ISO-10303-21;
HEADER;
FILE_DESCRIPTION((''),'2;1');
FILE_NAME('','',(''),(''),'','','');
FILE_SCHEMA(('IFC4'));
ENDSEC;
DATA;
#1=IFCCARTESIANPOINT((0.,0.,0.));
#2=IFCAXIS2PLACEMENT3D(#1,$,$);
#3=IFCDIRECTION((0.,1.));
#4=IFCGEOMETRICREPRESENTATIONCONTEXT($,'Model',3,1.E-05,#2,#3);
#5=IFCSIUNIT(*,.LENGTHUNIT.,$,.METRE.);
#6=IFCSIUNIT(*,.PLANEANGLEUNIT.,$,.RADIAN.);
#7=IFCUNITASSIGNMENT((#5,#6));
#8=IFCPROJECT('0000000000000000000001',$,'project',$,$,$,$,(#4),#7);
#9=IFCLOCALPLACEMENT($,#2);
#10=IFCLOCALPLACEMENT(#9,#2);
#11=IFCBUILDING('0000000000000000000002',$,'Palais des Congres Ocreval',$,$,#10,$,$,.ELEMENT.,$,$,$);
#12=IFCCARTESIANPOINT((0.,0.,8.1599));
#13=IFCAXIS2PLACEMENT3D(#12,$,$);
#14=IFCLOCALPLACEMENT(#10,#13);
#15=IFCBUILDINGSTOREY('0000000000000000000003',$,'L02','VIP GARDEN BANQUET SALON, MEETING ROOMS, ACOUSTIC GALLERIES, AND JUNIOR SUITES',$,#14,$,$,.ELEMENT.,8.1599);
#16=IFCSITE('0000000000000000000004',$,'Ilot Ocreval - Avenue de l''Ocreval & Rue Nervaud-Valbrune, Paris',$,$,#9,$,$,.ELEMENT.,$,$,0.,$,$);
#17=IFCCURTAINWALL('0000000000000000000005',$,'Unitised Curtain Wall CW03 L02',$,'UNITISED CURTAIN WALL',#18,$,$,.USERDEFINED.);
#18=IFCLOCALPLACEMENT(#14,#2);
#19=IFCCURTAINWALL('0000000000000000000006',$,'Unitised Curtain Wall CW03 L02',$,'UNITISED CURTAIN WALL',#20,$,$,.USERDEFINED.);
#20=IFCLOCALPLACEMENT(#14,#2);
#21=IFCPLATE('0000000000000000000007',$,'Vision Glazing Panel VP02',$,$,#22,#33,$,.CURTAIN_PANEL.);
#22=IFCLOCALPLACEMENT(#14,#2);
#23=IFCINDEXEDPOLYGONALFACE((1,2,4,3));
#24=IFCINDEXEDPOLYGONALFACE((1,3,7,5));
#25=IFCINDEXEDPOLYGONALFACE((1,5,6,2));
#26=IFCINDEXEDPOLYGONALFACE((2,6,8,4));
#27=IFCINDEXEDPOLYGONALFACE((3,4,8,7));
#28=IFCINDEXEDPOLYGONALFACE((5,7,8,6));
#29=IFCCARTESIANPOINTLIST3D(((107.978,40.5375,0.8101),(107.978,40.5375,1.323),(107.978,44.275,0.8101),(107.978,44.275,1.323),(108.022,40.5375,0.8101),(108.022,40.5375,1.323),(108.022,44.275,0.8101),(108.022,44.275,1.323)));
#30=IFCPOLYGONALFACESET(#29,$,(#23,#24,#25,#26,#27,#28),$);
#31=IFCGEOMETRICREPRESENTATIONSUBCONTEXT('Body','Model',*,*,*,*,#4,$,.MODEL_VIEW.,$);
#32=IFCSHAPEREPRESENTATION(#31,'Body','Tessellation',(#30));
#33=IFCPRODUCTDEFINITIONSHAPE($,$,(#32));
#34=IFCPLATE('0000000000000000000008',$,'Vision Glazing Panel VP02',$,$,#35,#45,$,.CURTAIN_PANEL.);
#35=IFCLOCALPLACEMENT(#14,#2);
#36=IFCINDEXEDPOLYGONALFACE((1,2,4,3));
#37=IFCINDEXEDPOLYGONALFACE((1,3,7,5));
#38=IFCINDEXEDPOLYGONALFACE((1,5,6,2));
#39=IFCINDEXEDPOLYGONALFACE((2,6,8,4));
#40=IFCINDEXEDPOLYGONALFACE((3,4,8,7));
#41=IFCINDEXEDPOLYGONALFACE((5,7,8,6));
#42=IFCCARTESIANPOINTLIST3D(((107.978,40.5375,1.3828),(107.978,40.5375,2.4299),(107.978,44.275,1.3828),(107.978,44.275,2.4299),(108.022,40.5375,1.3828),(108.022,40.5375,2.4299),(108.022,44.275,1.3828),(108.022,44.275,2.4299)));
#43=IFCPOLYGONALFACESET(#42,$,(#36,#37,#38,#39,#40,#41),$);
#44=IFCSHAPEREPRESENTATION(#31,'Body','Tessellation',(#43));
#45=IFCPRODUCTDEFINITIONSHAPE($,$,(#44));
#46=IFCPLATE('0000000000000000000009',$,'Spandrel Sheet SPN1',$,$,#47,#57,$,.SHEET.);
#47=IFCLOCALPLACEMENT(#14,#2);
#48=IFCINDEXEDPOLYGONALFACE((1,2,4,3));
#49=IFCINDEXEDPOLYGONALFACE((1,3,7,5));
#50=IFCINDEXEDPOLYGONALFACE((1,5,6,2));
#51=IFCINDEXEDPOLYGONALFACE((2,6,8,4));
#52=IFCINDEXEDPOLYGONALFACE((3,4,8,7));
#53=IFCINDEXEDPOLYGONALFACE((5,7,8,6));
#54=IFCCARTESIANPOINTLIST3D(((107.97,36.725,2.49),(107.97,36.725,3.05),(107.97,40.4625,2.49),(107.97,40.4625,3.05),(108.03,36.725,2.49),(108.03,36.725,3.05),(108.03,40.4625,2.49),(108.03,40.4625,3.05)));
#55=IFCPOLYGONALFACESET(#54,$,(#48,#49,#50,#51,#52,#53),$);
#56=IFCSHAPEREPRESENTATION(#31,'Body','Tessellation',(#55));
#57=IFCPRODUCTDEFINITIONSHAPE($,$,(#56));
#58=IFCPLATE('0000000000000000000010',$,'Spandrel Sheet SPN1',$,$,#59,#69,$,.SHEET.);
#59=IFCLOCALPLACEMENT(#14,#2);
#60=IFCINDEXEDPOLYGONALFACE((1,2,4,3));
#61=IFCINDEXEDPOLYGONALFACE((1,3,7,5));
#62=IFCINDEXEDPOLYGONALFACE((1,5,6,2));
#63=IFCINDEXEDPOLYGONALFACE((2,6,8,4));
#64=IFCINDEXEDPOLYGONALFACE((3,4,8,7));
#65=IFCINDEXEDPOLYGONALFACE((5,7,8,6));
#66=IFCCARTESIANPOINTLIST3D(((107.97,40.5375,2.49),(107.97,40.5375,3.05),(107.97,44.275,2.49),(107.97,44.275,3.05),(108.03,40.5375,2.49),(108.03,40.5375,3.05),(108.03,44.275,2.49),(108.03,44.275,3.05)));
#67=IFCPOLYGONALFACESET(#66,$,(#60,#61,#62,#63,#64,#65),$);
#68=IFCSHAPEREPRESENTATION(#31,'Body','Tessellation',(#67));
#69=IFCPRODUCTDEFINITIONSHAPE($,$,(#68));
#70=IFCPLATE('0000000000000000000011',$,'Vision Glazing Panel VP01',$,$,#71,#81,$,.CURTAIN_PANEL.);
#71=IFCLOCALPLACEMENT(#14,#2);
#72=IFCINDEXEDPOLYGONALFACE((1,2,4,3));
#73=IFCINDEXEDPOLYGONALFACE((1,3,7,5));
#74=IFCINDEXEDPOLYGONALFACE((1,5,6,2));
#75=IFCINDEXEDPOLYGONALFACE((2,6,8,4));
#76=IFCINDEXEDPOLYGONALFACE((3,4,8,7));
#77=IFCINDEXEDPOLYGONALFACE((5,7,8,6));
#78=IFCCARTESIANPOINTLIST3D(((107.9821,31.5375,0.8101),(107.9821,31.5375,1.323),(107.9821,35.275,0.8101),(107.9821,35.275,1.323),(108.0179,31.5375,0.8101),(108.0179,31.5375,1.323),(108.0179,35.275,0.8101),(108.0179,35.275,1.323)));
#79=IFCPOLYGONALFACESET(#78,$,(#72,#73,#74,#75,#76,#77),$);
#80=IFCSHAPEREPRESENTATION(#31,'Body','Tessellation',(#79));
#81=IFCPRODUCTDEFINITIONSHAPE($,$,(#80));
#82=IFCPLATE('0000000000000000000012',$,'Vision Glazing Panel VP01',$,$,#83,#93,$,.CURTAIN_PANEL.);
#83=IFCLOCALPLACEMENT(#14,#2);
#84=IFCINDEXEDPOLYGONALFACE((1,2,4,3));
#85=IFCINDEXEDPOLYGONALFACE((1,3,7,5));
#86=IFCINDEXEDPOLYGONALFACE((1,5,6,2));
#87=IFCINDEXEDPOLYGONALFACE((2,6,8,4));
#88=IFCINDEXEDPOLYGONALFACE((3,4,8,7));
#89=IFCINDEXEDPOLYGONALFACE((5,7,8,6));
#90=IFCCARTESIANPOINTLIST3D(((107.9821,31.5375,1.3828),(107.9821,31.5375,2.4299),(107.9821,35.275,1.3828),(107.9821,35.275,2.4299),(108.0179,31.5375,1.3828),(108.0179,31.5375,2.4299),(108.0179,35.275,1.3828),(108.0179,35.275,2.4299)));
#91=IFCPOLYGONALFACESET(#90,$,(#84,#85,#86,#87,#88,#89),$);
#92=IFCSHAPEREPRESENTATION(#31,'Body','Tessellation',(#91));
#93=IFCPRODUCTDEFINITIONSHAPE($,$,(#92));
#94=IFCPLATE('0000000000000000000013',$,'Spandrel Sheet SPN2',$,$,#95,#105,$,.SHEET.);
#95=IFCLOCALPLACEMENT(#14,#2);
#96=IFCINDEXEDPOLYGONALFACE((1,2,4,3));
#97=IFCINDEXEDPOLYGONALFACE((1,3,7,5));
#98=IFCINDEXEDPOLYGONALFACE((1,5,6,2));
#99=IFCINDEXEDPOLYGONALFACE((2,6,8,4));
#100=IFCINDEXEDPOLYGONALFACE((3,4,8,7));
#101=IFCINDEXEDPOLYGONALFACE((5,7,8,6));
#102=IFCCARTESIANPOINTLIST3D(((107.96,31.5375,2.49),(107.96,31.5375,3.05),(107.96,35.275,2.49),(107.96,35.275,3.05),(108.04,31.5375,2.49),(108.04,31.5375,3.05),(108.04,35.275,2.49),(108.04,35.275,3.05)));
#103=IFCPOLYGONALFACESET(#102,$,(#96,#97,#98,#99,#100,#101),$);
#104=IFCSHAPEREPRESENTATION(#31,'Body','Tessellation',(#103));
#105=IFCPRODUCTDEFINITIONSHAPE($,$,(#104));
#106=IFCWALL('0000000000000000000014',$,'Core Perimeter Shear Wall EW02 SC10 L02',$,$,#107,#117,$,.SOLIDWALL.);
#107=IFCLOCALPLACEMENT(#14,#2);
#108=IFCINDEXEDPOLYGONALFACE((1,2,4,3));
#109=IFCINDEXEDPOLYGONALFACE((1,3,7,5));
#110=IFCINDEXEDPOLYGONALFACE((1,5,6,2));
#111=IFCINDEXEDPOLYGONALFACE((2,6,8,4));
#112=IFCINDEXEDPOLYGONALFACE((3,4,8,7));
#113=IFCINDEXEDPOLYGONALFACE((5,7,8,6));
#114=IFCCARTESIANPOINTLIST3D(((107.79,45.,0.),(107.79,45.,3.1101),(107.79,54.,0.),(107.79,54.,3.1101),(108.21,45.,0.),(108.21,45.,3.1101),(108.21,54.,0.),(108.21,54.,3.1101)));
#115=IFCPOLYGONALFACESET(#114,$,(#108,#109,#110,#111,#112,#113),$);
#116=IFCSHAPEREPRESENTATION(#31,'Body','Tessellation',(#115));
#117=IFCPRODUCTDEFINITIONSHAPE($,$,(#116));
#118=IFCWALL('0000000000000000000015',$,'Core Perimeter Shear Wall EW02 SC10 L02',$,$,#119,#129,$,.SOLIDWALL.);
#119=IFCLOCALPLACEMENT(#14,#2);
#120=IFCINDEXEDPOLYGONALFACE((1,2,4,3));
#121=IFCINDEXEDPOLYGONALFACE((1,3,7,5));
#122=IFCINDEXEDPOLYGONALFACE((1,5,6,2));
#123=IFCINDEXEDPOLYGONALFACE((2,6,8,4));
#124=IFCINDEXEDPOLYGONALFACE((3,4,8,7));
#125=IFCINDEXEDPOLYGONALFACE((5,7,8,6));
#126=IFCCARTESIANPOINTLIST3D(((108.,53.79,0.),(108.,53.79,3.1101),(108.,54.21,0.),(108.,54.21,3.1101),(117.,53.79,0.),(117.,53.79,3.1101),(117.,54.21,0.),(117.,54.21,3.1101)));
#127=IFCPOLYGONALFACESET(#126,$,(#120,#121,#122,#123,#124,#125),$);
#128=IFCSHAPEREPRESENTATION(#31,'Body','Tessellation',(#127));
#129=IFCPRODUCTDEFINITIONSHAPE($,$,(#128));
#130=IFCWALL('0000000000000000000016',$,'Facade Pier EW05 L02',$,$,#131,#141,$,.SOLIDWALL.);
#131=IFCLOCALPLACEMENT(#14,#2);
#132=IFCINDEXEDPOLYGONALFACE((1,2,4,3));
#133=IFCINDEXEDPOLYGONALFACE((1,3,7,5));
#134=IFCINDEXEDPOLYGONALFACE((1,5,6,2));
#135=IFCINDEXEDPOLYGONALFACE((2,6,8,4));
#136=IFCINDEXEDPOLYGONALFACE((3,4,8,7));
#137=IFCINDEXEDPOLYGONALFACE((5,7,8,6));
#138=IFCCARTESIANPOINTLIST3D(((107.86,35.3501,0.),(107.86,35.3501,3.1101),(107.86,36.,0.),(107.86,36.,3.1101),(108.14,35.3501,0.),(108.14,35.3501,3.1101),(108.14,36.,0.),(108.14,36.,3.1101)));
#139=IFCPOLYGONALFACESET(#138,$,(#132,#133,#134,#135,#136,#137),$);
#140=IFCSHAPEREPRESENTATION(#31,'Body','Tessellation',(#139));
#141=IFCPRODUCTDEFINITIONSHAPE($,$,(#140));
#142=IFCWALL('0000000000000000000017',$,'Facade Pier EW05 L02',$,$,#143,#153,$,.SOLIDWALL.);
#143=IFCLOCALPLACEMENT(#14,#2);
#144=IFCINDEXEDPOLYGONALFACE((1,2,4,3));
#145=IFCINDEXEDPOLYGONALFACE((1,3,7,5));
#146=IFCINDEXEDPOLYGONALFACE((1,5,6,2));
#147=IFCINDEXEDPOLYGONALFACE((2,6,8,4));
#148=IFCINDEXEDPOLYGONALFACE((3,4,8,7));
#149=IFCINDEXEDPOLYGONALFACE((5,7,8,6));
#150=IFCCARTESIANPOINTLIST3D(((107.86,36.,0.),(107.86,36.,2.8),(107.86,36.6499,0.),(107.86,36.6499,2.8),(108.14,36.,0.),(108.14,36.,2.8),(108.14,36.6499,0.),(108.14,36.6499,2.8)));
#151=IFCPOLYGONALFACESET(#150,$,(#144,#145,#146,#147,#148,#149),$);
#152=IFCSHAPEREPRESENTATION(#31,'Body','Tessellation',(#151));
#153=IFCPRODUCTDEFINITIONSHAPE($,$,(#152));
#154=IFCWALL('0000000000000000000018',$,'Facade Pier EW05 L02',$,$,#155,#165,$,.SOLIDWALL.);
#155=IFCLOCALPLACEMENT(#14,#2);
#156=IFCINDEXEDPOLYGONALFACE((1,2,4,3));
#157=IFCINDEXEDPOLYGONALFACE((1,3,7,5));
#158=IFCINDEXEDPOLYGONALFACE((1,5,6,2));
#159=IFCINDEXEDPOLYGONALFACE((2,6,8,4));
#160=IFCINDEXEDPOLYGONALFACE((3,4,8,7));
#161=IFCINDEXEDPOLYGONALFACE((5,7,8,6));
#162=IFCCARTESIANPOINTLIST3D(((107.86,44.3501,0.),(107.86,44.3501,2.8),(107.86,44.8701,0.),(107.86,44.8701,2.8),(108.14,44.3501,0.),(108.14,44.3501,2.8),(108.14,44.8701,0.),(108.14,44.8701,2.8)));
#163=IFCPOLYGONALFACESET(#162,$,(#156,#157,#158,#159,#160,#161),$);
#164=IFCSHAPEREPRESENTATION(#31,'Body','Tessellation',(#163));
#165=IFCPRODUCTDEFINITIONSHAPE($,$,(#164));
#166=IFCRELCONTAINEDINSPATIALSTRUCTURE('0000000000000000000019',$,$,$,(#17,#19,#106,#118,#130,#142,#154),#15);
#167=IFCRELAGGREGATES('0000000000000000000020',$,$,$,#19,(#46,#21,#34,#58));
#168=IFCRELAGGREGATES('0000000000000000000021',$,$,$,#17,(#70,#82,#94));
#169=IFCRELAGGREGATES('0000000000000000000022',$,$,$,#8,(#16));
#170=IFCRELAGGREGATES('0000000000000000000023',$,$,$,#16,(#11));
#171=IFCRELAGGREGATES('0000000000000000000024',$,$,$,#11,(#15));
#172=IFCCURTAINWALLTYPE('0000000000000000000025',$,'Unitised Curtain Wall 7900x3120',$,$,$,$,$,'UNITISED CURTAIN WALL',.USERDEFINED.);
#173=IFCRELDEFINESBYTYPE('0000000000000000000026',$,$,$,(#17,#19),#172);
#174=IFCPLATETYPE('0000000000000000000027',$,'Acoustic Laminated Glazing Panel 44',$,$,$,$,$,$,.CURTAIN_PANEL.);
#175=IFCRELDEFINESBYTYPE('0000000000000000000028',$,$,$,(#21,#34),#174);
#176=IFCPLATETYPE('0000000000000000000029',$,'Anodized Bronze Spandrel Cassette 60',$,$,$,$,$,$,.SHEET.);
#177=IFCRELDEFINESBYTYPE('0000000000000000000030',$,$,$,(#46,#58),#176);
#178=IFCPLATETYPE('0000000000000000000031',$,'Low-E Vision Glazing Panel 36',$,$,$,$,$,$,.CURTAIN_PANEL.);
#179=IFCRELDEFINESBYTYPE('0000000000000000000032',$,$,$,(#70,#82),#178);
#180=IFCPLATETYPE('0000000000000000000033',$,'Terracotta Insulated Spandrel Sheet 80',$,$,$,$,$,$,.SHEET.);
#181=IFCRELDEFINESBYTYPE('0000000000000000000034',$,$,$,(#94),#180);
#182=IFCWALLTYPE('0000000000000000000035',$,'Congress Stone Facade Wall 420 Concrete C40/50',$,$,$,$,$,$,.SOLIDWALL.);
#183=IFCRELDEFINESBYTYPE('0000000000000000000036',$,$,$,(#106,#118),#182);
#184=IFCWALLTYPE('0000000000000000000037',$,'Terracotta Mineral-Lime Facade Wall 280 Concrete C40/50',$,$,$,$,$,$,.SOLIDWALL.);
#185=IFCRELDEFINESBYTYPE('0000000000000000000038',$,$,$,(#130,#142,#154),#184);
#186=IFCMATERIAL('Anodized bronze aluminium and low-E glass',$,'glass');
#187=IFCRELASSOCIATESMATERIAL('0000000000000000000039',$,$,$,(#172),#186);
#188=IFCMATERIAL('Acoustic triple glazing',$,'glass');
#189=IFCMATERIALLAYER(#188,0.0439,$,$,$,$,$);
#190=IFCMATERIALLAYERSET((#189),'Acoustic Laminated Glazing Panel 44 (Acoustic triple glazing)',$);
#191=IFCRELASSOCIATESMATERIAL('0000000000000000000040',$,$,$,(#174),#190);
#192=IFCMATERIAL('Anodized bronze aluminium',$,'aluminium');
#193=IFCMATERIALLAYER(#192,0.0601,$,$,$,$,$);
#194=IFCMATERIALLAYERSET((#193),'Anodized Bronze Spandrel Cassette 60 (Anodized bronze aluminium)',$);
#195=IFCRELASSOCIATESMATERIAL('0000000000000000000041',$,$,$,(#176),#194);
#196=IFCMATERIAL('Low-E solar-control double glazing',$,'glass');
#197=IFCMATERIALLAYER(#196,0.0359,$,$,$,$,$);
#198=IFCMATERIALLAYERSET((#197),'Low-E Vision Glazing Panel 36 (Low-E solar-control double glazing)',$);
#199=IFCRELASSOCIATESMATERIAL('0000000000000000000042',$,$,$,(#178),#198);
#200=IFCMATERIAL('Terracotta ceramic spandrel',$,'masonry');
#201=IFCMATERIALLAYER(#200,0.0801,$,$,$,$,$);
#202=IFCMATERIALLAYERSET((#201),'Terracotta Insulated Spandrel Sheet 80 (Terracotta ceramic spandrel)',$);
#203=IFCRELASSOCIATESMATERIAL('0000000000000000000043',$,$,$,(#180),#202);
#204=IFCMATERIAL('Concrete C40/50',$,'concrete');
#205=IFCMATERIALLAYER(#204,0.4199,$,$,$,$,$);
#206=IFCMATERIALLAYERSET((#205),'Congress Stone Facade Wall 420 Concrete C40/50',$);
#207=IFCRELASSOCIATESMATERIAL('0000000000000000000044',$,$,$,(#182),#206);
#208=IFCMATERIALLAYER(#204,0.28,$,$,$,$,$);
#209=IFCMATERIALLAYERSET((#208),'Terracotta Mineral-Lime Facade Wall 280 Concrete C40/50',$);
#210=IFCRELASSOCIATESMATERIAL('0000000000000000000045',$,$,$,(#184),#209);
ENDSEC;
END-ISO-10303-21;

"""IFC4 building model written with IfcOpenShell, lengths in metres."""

from ifc_helpers import new_model, si_unit, direction, frame, frame_2d, origin, origin_2d, place, context, subcontext, project, spatial, rectangle, extrude, material, layer, layer_set, type_object, element, aggregate, save


model = new_model("IFC4")

# Units and contexts
model_context = context("Model", 3, precision=1e-05, world=origin(), true_north=direction((0.0, 1.0)))
body_context = subcontext(model_context, "Body", "Model", "MODEL_VIEW")
ifc_project = project(units=[si_unit("LENGTHUNIT", "METRE"), si_unit("PLANEANGLEUNIT", "RADIAN")], contexts=[model_context])

# Site, building, storey
site_placement = place(None, origin())
site = spatial("IfcSite", under=ifc_project, at=site_placement, Name="Ilot Ocreval - Avenue de l'Ocreval & Rue Nervaud-Valbrune, Paris", CompositionType="ELEMENT", RefElevation=0.0)
building_placement = place(site_placement, origin())
building = spatial("IfcBuilding", under=site, at=building_placement, Name="Palais des Congres Ocreval", CompositionType="ELEMENT")
storey_placement = place(building_placement, frame((0.0, 0.0, 8.1599)))
storey = spatial("IfcBuildingStorey", under=building, at=storey_placement, Name="L02", Description="VIP GARDEN BANQUET SALON, MEETING ROOMS, ACOUSTIC GALLERIES, AND JUNIOR SUITES", CompositionType="ELEMENT", Elevation=8.1599)

# Curtain wall
ifc_material_1 = material(Name="Anodized bronze aluminium and low-E glass", Category="glass")
curtain_wall_type = type_object("IfcCurtainWallType", Name="Unitised Curtain Wall 7900x3120", ElementType="UNITISED CURTAIN WALL", PredefinedType="USERDEFINED", material=ifc_material_1)
curtain_wall_1_placement = place(storey_placement, origin())
curtain_wall_1 = element("IfcCurtainWall", 1, at=curtain_wall_1_placement, inside=storey, type_object=curtain_wall_type, Name="Unitised Curtain Wall CW03 L02", ObjectType="UNITISED CURTAIN WALL", PredefinedType="USERDEFINED")
ifc_material_2 = material(Name="Anodized bronze aluminium", Category="aluminium")

# Curtain wall
curtain_wall_2_placement = place(storey_placement, origin())
curtain_wall_2 = element("IfcCurtainWall", 2, at=curtain_wall_2_placement, inside=storey, type_object=curtain_wall_type, Name="Unitised Curtain Wall CW03 L02", ObjectType="UNITISED CURTAIN WALL", PredefinedType="USERDEFINED")

# Plates
ifc_material_3 = material(Name="Acoustic triple glazing", Category="glass")
ifc_layer_1 = layer(ifc_material_3, 0.0439)
ifc_layer_set_1 = layer_set([ifc_layer_1], Name="Acoustic Laminated Glazing Panel 44 (Acoustic triple glazing)")
plate_type_1 = type_object("IfcPlateType", Name="Acoustic Laminated Glazing Panel 44", PredefinedType="CURTAIN_PANEL", material=ifc_layer_set_1)
plate_1_placement = place(storey_placement, frame((108.0, 42.4062, 0.8101), z_axis=(0.0, 0.0, 1.0), x_axis=(0.0, 1.0, 0.0)))
plate_1 = element("IfcPlate", 3, at=plate_1_placement, type_object=plate_type_1, Name="Vision Glazing Panel VP02", PredefinedType="CURTAIN_PANEL", context=body_context, shape_type="SweptSolid", body=[
    extrude(rectangle(XDim=3.7375, YDim=0.0439, at=origin_2d()), origin(), (0.0, 0.0, 1.0), 0.5129),
])
plate_2_placement = place(storey_placement, frame((108.0, 42.4062, 1.3828), z_axis=(0.0, 0.0, 1.0), x_axis=(0.0, 1.0, 0.0)))
plate_2 = element("IfcPlate", 4, at=plate_2_placement, type_object=plate_type_1, Name="Vision Glazing Panel VP02", PredefinedType="CURTAIN_PANEL", context=body_context, shape_type="SweptSolid", body=[
    extrude(rectangle(XDim=3.7375, YDim=0.0439, at=origin_2d()), origin(), (0.0, 0.0, 1.0), 1.0471),
])
ifc_layer_2 = layer(ifc_material_2, 0.0601)
ifc_layer_set_2 = layer_set([ifc_layer_2], Name="Anodized Bronze Spandrel Cassette 60 (Anodized bronze aluminium)")
plate_type_2 = type_object("IfcPlateType", Name="Anodized Bronze Spandrel Cassette 60", PredefinedType="SHEET", material=ifc_layer_set_2)
plate_3_placement = place(storey_placement, frame((108.0, 38.5938, 2.49), z_axis=(0.0, 0.0, 1.0), x_axis=(0.0, 1.0, 0.0)))
plate_3 = element("IfcPlate", 5, at=plate_3_placement, type_object=plate_type_2, Name="Spandrel Sheet SPN1", PredefinedType="SHEET", context=body_context, shape_type="SweptSolid", body=[
    extrude(rectangle(XDim=3.7375, YDim=0.0601, at=origin_2d()), origin(), (0.0, 0.0, 1.0), 0.5601),
])
plate_4_placement = place(storey_placement, frame((108.0, 42.4062, 2.49), z_axis=(0.0, 0.0, 1.0), x_axis=(0.0, 1.0, 0.0)))
plate_4 = element("IfcPlate", 6, at=plate_4_placement, type_object=plate_type_2, Name="Spandrel Sheet SPN1", PredefinedType="SHEET", context=body_context, shape_type="SweptSolid", body=[
    extrude(rectangle(XDim=3.7375, YDim=0.0601, at=origin_2d()), origin(), (0.0, 0.0, 1.0), 0.5601),
])
aggregate(curtain_wall_2, [plate_3, plate_1, plate_2, plate_4])
ifc_material_4 = material(Name="Low-E solar-control double glazing", Category="glass")
ifc_layer_3 = layer(ifc_material_4, 0.0359)
ifc_layer_set_3 = layer_set([ifc_layer_3], Name="Low-E Vision Glazing Panel 36 (Low-E solar-control double glazing)")
plate_type_3 = type_object("IfcPlateType", Name="Low-E Vision Glazing Panel 36", PredefinedType="CURTAIN_PANEL", material=ifc_layer_set_3)
plate_5_placement = place(storey_placement, frame((108.0, 33.4062, 0.8101), z_axis=(0.0, 0.0, 1.0), x_axis=(0.0, 1.0, 0.0)))
plate_5 = element("IfcPlate", 7, at=plate_5_placement, type_object=plate_type_3, Name="Vision Glazing Panel VP01", PredefinedType="CURTAIN_PANEL", context=body_context, shape_type="SweptSolid", body=[
    extrude(rectangle(XDim=3.7375, YDim=0.0359, at=origin_2d()), origin(), (0.0, 0.0, 1.0), 0.5129),
])
plate_6_placement = place(storey_placement, frame((108.0, 33.4062, 1.3828), z_axis=(0.0, 0.0, 1.0), x_axis=(0.0, 1.0, 0.0)))
plate_6 = element("IfcPlate", 8, at=plate_6_placement, type_object=plate_type_3, Name="Vision Glazing Panel VP01", PredefinedType="CURTAIN_PANEL", context=body_context, shape_type="SweptSolid", body=[
    extrude(rectangle(XDim=3.7375, YDim=0.0359, at=origin_2d()), origin(), (0.0, 0.0, 1.0), 1.0471),
])
ifc_material_5 = material(Name="Terracotta ceramic spandrel", Category="masonry")
ifc_layer_4 = layer(ifc_material_5, 0.0801)
ifc_layer_set_4 = layer_set([ifc_layer_4], Name="Terracotta Insulated Spandrel Sheet 80 (Terracotta ceramic spandrel)")
plate_type_4 = type_object("IfcPlateType", Name="Terracotta Insulated Spandrel Sheet 80", PredefinedType="SHEET", material=ifc_layer_set_4)
plate_7_placement = place(storey_placement, frame((108.0, 33.4062, 2.49), z_axis=(0.0, 0.0, 1.0), x_axis=(0.0, 1.0, 0.0)))
plate_7 = element("IfcPlate", 9, at=plate_7_placement, type_object=plate_type_4, Name="Spandrel Sheet SPN2", PredefinedType="SHEET", context=body_context, shape_type="SweptSolid", body=[
    extrude(rectangle(XDim=3.7375, YDim=0.0801, at=origin_2d()), origin(), (0.0, 0.0, 1.0), 0.5601),
])
aggregate(curtain_wall_1, [plate_5, plate_6, plate_7])

# Walls
ifc_material_6 = material(Name="Concrete C40/50", Category="concrete")
ifc_layer_5 = layer(ifc_material_6, 0.4199)
ifc_layer_set_5 = layer_set([ifc_layer_5], Name="Congress Stone Facade Wall 420 Concrete C40/50")
wall_type_1 = type_object("IfcWallType", Name="Congress Stone Facade Wall 420 Concrete C40/50", PredefinedType="SOLIDWALL", material=ifc_layer_set_5)
for number, where, z_axis, x_axis, name in (
    (10, (108.0, 45.0, 0.0), (0.0, 0.0, 1.0), (0.0, 1.0, 0.0), "Core Perimeter Shear Wall EW02 SC10 L02"),
    (11, (108.0, 54.0, 0.0), (0.0, 0.0, 1.0), (1.0, 0.0, 0.0), "Core Perimeter Shear Wall EW02 SC10 L02"),
):
    element("IfcWall", number, at=place(storey_placement, frame(where, z_axis=z_axis, x_axis=x_axis)), inside=storey, type_object=wall_type_1, Name=name, PredefinedType="SOLIDWALL", context=body_context, shape_type="SweptSolid", body=[
        extrude(rectangle(XDim=9.0, YDim=0.4199, at=frame_2d((4.5, 0.0))), origin(), (0.0, 0.0, 1.0), 3.1101),
    ])
ifc_layer_6 = layer(ifc_material_6, 0.28)
ifc_layer_set_6 = layer_set([ifc_layer_6], Name="Terracotta Mineral-Lime Facade Wall 280 Concrete C40/50")
wall_type_2 = type_object("IfcWallType", Name="Terracotta Mineral-Lime Facade Wall 280 Concrete C40/50", PredefinedType="SOLIDWALL", material=ifc_layer_set_6)
wall_1_placement = place(storey_placement, frame((108.0, 35.3501, 0.0), z_axis=(0.0, 0.0, 1.0), x_axis=(0.0, 1.0, 0.0)))
element("IfcWall", 12, at=wall_1_placement, inside=storey, type_object=wall_type_2, Name="Facade Pier EW05 L02", PredefinedType="SOLIDWALL", context=body_context, shape_type="SweptSolid", body=[
    extrude(rectangle(XDim=0.6499, YDim=0.28, at=frame_2d((0.325, 0.0))), origin(), (0.0, 0.0, 1.0), 3.1101),
])
wall_2_placement = place(storey_placement, frame((108.0, 36.0, 0.0), z_axis=(0.0, 0.0, 1.0), x_axis=(0.0, 1.0, 0.0)))
element("IfcWall", 13, at=wall_2_placement, inside=storey, type_object=wall_type_2, Name="Facade Pier EW05 L02", PredefinedType="SOLIDWALL", context=body_context, shape_type="SweptSolid", body=[
    extrude(rectangle(XDim=0.6499, YDim=0.28, at=frame_2d((0.325, 0.0))), origin(), (0.0, 0.0, 1.0), 2.8),
])
wall_3_placement = place(storey_placement, frame((108.0, 44.3501, 0.0), z_axis=(0.0, 0.0, 1.0), x_axis=(0.0, 1.0, 0.0)))
element("IfcWall", 14, at=wall_3_placement, inside=storey, type_object=wall_type_2, Name="Facade Pier EW05 L02", PredefinedType="SOLIDWALL", context=body_context, shape_type="SweptSolid", body=[
    extrude(rectangle(XDim=0.52, YDim=0.28, at=frame_2d((0.26, 0.0))), origin(), (0.0, 0.0, 1.0), 2.8),
])

save(model, "model.ifc")
